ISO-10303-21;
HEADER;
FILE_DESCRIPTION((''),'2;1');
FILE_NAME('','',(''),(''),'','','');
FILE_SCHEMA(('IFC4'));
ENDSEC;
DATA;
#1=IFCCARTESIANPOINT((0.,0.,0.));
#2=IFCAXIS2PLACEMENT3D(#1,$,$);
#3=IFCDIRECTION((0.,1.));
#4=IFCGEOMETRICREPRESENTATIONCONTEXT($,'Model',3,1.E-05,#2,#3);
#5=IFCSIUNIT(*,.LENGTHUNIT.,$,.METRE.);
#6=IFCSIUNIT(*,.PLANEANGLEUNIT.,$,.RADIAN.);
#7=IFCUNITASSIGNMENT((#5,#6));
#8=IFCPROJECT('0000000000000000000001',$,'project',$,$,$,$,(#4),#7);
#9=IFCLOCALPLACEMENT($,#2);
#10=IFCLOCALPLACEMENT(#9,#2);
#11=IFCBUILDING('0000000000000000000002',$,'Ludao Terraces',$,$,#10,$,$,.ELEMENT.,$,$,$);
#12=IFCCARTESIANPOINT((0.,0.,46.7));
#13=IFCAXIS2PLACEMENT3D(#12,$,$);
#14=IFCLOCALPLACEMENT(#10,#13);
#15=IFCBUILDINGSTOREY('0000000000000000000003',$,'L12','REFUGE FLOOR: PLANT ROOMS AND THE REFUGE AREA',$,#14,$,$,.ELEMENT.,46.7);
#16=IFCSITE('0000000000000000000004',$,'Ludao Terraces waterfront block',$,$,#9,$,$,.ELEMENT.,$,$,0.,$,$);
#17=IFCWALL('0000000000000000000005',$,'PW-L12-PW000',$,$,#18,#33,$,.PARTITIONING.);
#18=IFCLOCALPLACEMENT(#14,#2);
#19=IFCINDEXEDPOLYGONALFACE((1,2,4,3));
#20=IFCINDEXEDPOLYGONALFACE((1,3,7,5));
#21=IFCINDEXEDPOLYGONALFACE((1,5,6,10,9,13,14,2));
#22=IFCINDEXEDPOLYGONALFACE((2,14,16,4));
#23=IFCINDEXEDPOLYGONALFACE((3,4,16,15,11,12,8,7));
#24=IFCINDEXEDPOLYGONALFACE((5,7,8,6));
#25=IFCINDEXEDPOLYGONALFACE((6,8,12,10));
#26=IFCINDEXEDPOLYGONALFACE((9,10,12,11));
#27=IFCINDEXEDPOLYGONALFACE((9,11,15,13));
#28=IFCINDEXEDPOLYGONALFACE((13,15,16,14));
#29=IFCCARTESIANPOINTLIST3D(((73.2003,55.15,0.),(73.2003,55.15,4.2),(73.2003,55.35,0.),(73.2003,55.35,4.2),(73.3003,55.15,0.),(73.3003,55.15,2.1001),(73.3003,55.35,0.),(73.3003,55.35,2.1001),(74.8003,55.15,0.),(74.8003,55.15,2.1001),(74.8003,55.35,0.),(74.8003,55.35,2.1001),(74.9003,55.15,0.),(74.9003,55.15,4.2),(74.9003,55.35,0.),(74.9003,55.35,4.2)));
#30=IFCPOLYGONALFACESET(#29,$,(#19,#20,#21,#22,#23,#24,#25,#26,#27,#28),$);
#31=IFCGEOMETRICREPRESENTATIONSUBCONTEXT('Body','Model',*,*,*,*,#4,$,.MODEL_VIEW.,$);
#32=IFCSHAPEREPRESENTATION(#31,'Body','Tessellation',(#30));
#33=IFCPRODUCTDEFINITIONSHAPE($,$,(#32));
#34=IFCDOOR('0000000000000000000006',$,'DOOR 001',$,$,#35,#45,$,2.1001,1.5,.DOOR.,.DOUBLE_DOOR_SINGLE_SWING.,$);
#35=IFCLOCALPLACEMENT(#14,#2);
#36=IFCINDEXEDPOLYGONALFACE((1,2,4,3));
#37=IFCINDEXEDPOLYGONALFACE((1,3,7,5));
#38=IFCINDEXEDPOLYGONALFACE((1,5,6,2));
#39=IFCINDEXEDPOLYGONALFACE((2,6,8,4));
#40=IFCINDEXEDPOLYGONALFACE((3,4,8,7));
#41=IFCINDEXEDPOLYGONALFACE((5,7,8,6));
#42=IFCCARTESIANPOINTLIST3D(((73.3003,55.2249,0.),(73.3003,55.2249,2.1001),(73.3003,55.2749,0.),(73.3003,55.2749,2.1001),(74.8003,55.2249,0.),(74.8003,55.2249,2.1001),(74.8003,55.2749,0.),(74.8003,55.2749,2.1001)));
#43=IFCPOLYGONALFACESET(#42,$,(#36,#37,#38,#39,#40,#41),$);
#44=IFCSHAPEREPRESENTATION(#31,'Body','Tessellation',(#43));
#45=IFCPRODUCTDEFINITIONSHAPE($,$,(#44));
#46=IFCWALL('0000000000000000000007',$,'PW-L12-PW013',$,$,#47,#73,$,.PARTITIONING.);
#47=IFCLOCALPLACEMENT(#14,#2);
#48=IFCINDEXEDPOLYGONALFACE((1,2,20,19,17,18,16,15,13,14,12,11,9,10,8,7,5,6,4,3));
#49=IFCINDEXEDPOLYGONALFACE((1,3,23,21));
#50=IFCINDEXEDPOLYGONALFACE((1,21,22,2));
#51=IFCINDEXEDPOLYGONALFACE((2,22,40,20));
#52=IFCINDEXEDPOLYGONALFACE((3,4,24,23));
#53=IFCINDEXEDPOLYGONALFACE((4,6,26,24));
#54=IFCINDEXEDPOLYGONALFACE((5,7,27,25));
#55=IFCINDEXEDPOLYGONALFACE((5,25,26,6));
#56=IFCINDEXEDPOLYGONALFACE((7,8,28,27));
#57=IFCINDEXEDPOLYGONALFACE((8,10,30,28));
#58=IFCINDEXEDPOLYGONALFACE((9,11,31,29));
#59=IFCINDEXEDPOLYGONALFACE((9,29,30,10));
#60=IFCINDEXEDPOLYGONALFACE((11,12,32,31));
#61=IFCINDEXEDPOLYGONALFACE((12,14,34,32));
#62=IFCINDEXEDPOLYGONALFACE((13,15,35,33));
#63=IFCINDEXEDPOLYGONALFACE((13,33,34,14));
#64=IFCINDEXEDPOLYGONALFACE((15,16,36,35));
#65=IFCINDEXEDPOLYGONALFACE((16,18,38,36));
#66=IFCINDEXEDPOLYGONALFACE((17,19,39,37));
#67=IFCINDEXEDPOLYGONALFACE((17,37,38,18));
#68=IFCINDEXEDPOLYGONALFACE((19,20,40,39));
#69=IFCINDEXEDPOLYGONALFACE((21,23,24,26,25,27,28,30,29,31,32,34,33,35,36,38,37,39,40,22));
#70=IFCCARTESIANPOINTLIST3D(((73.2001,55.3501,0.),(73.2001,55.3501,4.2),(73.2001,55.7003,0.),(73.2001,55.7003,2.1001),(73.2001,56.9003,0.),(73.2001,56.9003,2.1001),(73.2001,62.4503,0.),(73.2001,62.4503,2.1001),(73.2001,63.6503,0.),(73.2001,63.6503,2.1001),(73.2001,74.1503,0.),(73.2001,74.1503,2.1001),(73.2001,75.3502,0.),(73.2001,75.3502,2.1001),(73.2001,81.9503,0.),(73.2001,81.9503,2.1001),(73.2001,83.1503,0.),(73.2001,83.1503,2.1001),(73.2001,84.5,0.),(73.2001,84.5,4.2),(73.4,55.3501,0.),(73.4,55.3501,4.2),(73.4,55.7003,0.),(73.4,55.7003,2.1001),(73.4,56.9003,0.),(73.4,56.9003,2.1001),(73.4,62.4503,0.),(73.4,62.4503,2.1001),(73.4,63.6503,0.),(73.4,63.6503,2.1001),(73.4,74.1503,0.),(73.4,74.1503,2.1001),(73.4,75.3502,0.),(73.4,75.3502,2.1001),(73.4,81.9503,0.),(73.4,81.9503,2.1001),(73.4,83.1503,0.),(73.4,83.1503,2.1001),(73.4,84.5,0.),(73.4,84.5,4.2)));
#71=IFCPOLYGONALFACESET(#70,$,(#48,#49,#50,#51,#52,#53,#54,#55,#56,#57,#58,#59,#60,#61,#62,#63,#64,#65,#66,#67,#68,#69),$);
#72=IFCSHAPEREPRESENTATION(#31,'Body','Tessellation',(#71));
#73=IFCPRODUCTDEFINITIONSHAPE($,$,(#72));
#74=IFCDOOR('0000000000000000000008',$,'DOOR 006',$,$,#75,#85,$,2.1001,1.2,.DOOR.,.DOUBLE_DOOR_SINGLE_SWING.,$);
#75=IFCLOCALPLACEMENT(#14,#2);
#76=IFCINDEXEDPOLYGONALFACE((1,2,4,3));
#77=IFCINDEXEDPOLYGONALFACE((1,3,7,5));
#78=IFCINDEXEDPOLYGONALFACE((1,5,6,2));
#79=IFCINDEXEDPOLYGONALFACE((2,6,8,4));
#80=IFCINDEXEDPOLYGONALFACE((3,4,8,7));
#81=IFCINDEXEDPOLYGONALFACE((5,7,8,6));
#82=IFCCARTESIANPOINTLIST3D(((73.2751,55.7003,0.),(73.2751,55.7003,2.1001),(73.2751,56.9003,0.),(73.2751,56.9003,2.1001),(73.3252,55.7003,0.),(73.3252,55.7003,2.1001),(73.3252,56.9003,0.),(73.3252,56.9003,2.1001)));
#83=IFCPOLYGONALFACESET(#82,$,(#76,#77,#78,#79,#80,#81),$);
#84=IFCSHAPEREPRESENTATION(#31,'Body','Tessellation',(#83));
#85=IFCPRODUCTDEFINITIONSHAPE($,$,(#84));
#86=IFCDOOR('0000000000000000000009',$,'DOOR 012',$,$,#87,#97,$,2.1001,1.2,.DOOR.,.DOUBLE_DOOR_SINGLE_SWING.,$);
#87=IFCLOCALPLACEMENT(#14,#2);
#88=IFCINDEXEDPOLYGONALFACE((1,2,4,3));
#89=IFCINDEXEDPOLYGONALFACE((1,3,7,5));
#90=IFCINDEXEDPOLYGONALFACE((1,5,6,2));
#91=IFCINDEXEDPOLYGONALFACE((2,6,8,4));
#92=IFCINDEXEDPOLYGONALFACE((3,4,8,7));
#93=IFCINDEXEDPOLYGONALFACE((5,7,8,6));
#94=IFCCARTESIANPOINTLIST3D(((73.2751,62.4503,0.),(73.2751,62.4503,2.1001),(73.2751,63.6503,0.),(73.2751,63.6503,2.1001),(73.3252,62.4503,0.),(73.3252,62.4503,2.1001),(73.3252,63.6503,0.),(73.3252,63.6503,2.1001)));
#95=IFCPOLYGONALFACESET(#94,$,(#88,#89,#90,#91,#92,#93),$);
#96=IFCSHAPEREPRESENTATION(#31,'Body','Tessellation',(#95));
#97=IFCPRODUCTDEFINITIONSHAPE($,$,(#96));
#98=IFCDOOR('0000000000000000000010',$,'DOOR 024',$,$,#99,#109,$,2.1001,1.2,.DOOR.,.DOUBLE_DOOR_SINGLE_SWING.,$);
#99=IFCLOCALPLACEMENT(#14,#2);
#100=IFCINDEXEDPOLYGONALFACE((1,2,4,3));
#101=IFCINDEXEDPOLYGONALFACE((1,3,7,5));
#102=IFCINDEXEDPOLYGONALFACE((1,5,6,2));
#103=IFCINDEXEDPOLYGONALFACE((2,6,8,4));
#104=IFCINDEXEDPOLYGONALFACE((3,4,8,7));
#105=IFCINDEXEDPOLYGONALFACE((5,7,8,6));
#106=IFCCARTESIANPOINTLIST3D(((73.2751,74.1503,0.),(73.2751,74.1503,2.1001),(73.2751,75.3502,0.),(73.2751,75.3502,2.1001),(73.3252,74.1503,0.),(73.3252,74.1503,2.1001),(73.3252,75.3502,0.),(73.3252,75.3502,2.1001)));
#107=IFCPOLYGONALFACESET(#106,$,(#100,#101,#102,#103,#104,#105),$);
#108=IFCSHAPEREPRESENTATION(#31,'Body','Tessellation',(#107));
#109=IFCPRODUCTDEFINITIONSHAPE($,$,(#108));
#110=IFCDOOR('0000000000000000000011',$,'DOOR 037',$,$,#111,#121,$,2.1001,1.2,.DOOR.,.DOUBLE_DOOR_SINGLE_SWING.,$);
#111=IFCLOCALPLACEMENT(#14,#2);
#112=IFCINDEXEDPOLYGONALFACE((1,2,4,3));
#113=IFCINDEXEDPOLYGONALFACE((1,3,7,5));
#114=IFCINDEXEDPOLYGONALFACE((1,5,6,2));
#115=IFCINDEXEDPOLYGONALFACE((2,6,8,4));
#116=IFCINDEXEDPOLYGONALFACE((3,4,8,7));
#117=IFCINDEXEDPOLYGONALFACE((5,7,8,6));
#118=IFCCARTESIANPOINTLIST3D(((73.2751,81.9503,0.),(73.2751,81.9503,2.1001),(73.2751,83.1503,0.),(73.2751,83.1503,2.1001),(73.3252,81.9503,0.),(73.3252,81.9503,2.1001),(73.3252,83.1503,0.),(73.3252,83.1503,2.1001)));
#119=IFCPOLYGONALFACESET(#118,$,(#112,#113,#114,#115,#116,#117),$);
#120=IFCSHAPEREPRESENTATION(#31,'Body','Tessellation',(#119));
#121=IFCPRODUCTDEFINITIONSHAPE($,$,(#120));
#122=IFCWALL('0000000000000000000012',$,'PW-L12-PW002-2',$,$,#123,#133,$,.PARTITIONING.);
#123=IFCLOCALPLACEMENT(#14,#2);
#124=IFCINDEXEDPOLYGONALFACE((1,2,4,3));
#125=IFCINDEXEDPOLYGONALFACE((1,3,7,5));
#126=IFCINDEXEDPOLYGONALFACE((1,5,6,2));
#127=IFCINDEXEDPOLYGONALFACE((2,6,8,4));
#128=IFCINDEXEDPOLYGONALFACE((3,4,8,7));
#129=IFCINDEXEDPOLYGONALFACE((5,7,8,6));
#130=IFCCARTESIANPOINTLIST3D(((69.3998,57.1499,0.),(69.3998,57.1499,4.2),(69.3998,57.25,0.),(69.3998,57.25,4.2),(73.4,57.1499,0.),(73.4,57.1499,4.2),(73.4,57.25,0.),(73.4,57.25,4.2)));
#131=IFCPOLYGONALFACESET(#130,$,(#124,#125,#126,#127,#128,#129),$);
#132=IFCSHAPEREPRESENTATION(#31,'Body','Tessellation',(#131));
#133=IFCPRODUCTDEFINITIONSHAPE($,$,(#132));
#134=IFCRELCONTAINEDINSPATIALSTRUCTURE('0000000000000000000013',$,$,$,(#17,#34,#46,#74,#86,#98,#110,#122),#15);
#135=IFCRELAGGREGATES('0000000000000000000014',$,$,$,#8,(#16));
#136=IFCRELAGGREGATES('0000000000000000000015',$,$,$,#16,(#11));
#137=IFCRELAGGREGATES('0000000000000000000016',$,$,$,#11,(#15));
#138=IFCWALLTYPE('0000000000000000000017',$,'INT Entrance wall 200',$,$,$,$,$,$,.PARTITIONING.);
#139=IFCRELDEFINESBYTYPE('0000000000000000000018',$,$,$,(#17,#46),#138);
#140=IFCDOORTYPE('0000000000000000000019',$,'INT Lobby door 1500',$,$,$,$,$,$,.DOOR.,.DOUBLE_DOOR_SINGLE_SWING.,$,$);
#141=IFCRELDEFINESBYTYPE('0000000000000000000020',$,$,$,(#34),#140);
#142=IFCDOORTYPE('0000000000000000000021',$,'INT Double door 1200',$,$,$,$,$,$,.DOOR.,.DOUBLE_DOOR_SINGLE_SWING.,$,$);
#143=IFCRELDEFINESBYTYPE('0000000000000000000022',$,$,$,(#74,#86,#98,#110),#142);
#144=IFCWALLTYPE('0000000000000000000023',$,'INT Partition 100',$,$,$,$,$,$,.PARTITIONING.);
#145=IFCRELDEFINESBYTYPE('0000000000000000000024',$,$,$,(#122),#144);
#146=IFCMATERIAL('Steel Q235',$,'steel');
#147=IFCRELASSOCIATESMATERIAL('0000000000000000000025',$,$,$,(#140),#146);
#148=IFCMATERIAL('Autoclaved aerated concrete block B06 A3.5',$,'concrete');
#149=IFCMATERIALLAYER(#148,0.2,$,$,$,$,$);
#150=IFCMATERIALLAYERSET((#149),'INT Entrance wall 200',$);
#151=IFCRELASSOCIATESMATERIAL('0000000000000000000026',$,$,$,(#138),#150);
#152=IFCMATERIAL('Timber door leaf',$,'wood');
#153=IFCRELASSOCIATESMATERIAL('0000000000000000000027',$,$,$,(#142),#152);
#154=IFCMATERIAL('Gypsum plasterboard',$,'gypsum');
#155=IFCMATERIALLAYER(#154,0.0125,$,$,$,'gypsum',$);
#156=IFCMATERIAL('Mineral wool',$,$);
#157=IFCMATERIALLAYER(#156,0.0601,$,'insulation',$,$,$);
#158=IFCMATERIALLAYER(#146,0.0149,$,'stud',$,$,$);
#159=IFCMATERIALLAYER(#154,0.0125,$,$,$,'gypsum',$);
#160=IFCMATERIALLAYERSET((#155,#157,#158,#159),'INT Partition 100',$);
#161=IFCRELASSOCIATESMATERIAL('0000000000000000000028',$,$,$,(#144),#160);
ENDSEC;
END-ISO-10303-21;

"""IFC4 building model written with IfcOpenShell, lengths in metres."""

from ifc_helpers import new_model, si_unit, direction, frame, frame_2d, origin, place, context, subcontext, project, spatial, rectangle, extrude, material, layer, layer_set, type_object, element, fill, save


model = new_model("IFC4")

# Units and contexts
model_context = context("Model", 3, precision=1e-05, world=origin(), true_north=direction((0.0, 1.0)))
body_context = subcontext(model_context, "Body", "Model", "MODEL_VIEW")
ifc_project = project(units=[si_unit("LENGTHUNIT", "METRE"), si_unit("PLANEANGLEUNIT", "RADIAN")], contexts=[model_context])

# Site, building, storey
site_placement = place(None, origin())
site = spatial("IfcSite", under=ifc_project, at=site_placement, Name="Ludao Terraces waterfront block", CompositionType="ELEMENT", RefElevation=0.0)
building_placement = place(site_placement, origin())
building = spatial("IfcBuilding", under=site, at=building_placement, Name="Ludao Terraces", CompositionType="ELEMENT")
storey_placement = place(building_placement, frame((0.0, 0.0, 46.7)))
storey = spatial("IfcBuildingStorey", under=building, at=storey_placement, Name="L12", Description="REFUGE FLOOR: PLANT ROOMS AND THE REFUGE AREA", CompositionType="ELEMENT", Elevation=46.7)

# Shared definitions
ifc_material_1 = material(Name="Steel Q235", Category="steel")
ifc_material_2 = material(Name="Timber door leaf", Category="wood")

# Wall, opening, door
door_type_1 = type_object("IfcDoorType", Name="INT Lobby door 1500", OperationType="DOUBLE_DOOR_SINGLE_SWING", PredefinedType="DOOR", material=ifc_material_1)
ifc_material_3 = material(Name="Autoclaved aerated concrete block B06 A3.5", Category="concrete")
ifc_layer_1 = layer(ifc_material_3, 0.2)
ifc_layer_set_1 = layer_set([ifc_layer_1], Name="INT Entrance wall 200")
wall_type_1 = type_object("IfcWallType", Name="INT Entrance wall 200", PredefinedType="PARTITIONING", material=ifc_layer_set_1)
wall_1_placement = place(storey_placement, frame((73.2002, 55.25, 0.0), z_axis=(0.0, 0.0, 1.0), x_axis=(1.0, 0.0, 0.0)))
wall_1 = element("IfcWall", 1, at=wall_1_placement, inside=storey, type_object=wall_type_1, Name="PW-L12-PW000", PredefinedType="PARTITIONING", context=body_context, shape_type="SweptSolid", body=[
    extrude(rectangle(XDim=1.7, YDim=0.2, at=frame_2d((0.8501, 0.0))), origin(), (0.0, 0.0, 1.0), 4.2),
])
opening_1_placement = place(wall_1_placement, frame((0.1001, 0.0, 0.0)))
opening_1 = element("IfcOpeningElement", 2, at=opening_1_placement, cuts=wall_1, PredefinedType="OPENING", context=body_context, shape_type="SweptSolid", body=[
    extrude(rectangle(XDim=1.5, YDim=2.1001, at=frame_2d((0.75, 1.05))), frame((0.0, 0.1099, 0.0), z_axis=(0.0, -1.0, 0.0), x_axis=(1.0, 0.0, 0.0)), (0.0, 0.0, 1.0), 0.22),
])
door_1_placement = place(opening_1_placement, origin())
door_1 = element("IfcDoor", 3, at=door_1_placement, inside=storey, type_object=door_type_1, Name="DOOR 001", OperationType="DOUBLE_DOOR_SINGLE_SWING", OverallHeight=2.1001, OverallWidth=1.5, PredefinedType="DOOR", context=body_context, shape_type="SweptSolid", body=[
    extrude(rectangle(XDim=1.5, YDim=2.1001, at=frame_2d((0.75, 1.05))), frame((0.0, 0.0249, 0.0), z_axis=(0.0, -1.0, 0.0), x_axis=(1.0, 0.0, 0.0)), (0.0, 0.0, 1.0), 0.05),
])
fill(opening_1, door_1)

# Wall, openings, doors
wall_2_placement = place(storey_placement, frame((73.3, 55.3501, 0.0), z_axis=(0.0, 0.0, 1.0), x_axis=(0.0, 1.0, 0.0)))
wall_2 = element("IfcWall", 4, at=wall_2_placement, inside=storey, type_object=wall_type_1, Name="PW-L12-PW013", PredefinedType="PARTITIONING", context=body_context, shape_type="SweptSolid", body=[
    extrude(rectangle(XDim=29.1499, YDim=0.2, at=frame_2d((14.575, 0.0))), origin(), (0.0, 0.0, 1.0), 4.2),
])
opening_2_placement = place(wall_2_placement, frame((0.3501, 0.0, 0.0)))
opening_2 = element("IfcOpeningElement", 5, at=opening_2_placement, cuts=wall_2, PredefinedType="OPENING", context=body_context, shape_type="SweptSolid", body=[
    extrude(rectangle(XDim=1.2, YDim=2.1001, at=frame_2d((0.6001, 1.05))), frame((0.0, 0.1099, 0.0), z_axis=(0.0, -1.0, 0.0), x_axis=(1.0, 0.0, 0.0)), (0.0, 0.0, 1.0), 0.22),
])
opening_3_placement = place(wall_2_placement, frame((7.1001, 0.0, 0.0)))
opening_3 = element("IfcOpeningElement", 6, at=opening_3_placement, cuts=wall_2, PredefinedType="OPENING", context=body_context, shape_type="SweptSolid", body=[
    extrude(rectangle(XDim=1.2, YDim=2.1001, at=frame_2d((0.6001, 1.05))), frame((0.0, 0.1099, 0.0), z_axis=(0.0, -1.0, 0.0), x_axis=(1.0, 0.0, 0.0)), (0.0, 0.0, 1.0), 0.22),
])
opening_4_placement = place(wall_2_placement, frame((18.8, 0.0, 0.0)))
opening_4 = element("IfcOpeningElement", 7, at=opening_4_placement, cuts=wall_2, PredefinedType="OPENING", context=body_context, shape_type="SweptSolid", body=[
    extrude(rectangle(XDim=1.2, YDim=2.1001, at=frame_2d((0.6001, 1.05))), frame((0.0, 0.1099, 0.0), z_axis=(0.0, -1.0, 0.0), x_axis=(1.0, 0.0, 0.0)), (0.0, 0.0, 1.0), 0.22),
])
opening_5_placement = place(wall_2_placement, frame((26.6001, 0.0, 0.0)))
opening_5 = element("IfcOpeningElement", 8, at=opening_5_placement, cuts=wall_2, PredefinedType="OPENING", context=body_context, shape_type="SweptSolid", body=[
    extrude(rectangle(XDim=1.2, YDim=2.1001, at=frame_2d((0.6001, 1.05))), frame((0.0, 0.1099, 0.0), z_axis=(0.0, -1.0, 0.0), x_axis=(1.0, 0.0, 0.0)), (0.0, 0.0, 1.0), 0.22),
])
door_type_2 = type_object("IfcDoorType", Name="INT Double door 1200", OperationType="DOUBLE_DOOR_SINGLE_SWING", PredefinedType="DOOR", material=ifc_material_2)
door_2_placement = place(opening_2_placement, origin())
door_2 = element("IfcDoor", 9, at=door_2_placement, inside=storey, type_object=door_type_2, Name="DOOR 006", OperationType="DOUBLE_DOOR_SINGLE_SWING", OverallHeight=2.1001, OverallWidth=1.2, PredefinedType="DOOR", context=body_context, shape_type="SweptSolid", body=[
    extrude(rectangle(XDim=1.2, YDim=2.1001, at=frame_2d((0.6001, 1.05))), frame((0.0, 0.0249, 0.0), z_axis=(0.0, -1.0, 0.0), x_axis=(1.0, 0.0, 0.0)), (0.0, 0.0, 1.0), 0.05),
])
fill(opening_2, door_2)
door_3_placement = place(opening_3_placement, origin())
door_3 = element("IfcDoor", 10, at=door_3_placement, inside=storey, type_object=door_type_2, Name="DOOR 012", OperationType="DOUBLE_DOOR_SINGLE_SWING", OverallHeight=2.1001, OverallWidth=1.2, PredefinedType="DOOR", context=body_context, shape_type="SweptSolid", body=[
    extrude(rectangle(XDim=1.2, YDim=2.1001, at=frame_2d((0.6001, 1.05))), frame((0.0, 0.0249, 0.0), z_axis=(0.0, -1.0, 0.0), x_axis=(1.0, 0.0, 0.0)), (0.0, 0.0, 1.0), 0.05),
])
fill(opening_3, door_3)
door_4_placement = place(opening_4_placement, origin())
door_4 = element("IfcDoor", 11, at=door_4_placement, inside=storey, type_object=door_type_2, Name="DOOR 024", OperationType="DOUBLE_DOOR_SINGLE_SWING", OverallHeight=2.1001, OverallWidth=1.2, PredefinedType="DOOR", context=body_context, shape_type="SweptSolid", body=[
    extrude(rectangle(XDim=1.2, YDim=2.1001, at=frame_2d((0.6001, 1.05))), frame((0.0, 0.0249, 0.0), z_axis=(0.0, -1.0, 0.0), x_axis=(1.0, 0.0, 0.0)), (0.0, 0.0, 1.0), 0.05),
])
fill(opening_4, door_4)
door_5_placement = place(opening_5_placement, origin())
door_5 = element("IfcDoor", 12, at=door_5_placement, inside=storey, type_object=door_type_2, Name="DOOR 037", OperationType="DOUBLE_DOOR_SINGLE_SWING", OverallHeight=2.1001, OverallWidth=1.2, PredefinedType="DOOR", context=body_context, shape_type="SweptSolid", body=[
    extrude(rectangle(XDim=1.2, YDim=2.1001, at=frame_2d((0.6001, 1.05))), frame((0.0, 0.0249, 0.0), z_axis=(0.0, -1.0, 0.0), x_axis=(1.0, 0.0, 0.0)), (0.0, 0.0, 1.0), 0.05),
])
fill(opening_5, door_5)

# Wall
ifc_material_4 = material(Name="Gypsum plasterboard", Category="gypsum")
ifc_layer_2 = layer(ifc_material_4, 0.0125, Category="gypsum")
ifc_material_5 = material(Name="Mineral wool")
ifc_layer_3 = layer(ifc_material_5, 0.0601, Name="insulation")
ifc_layer_4 = layer(ifc_material_1, 0.0149, Name="stud")
ifc_layer_5 = layer(ifc_material_4, 0.0125, Category="gypsum")
ifc_layer_set_2 = layer_set([ifc_layer_2, ifc_layer_3, ifc_layer_4, ifc_layer_5], Name="INT Partition 100")
wall_type_2 = type_object("IfcWallType", Name="INT Partition 100", PredefinedType="PARTITIONING", material=ifc_layer_set_2)
wall_3_placement = place(storey_placement, frame((69.3999, 57.2, 0.0), z_axis=(0.0, 0.0, 1.0), x_axis=(1.0, 0.0, 0.0)))
element("IfcWall", 13, at=wall_3_placement, inside=storey, type_object=wall_type_2, Name="PW-L12-PW002-2", PredefinedType="PARTITIONING", context=body_context, shape_type="SweptSolid", body=[
    extrude(rectangle(XDim=4.0002, YDim=0.1001, at=frame_2d((2.0, 0.0))), origin(), (0.0, 0.0, 1.0), 4.2),
])

save(model, "model.ifc")
